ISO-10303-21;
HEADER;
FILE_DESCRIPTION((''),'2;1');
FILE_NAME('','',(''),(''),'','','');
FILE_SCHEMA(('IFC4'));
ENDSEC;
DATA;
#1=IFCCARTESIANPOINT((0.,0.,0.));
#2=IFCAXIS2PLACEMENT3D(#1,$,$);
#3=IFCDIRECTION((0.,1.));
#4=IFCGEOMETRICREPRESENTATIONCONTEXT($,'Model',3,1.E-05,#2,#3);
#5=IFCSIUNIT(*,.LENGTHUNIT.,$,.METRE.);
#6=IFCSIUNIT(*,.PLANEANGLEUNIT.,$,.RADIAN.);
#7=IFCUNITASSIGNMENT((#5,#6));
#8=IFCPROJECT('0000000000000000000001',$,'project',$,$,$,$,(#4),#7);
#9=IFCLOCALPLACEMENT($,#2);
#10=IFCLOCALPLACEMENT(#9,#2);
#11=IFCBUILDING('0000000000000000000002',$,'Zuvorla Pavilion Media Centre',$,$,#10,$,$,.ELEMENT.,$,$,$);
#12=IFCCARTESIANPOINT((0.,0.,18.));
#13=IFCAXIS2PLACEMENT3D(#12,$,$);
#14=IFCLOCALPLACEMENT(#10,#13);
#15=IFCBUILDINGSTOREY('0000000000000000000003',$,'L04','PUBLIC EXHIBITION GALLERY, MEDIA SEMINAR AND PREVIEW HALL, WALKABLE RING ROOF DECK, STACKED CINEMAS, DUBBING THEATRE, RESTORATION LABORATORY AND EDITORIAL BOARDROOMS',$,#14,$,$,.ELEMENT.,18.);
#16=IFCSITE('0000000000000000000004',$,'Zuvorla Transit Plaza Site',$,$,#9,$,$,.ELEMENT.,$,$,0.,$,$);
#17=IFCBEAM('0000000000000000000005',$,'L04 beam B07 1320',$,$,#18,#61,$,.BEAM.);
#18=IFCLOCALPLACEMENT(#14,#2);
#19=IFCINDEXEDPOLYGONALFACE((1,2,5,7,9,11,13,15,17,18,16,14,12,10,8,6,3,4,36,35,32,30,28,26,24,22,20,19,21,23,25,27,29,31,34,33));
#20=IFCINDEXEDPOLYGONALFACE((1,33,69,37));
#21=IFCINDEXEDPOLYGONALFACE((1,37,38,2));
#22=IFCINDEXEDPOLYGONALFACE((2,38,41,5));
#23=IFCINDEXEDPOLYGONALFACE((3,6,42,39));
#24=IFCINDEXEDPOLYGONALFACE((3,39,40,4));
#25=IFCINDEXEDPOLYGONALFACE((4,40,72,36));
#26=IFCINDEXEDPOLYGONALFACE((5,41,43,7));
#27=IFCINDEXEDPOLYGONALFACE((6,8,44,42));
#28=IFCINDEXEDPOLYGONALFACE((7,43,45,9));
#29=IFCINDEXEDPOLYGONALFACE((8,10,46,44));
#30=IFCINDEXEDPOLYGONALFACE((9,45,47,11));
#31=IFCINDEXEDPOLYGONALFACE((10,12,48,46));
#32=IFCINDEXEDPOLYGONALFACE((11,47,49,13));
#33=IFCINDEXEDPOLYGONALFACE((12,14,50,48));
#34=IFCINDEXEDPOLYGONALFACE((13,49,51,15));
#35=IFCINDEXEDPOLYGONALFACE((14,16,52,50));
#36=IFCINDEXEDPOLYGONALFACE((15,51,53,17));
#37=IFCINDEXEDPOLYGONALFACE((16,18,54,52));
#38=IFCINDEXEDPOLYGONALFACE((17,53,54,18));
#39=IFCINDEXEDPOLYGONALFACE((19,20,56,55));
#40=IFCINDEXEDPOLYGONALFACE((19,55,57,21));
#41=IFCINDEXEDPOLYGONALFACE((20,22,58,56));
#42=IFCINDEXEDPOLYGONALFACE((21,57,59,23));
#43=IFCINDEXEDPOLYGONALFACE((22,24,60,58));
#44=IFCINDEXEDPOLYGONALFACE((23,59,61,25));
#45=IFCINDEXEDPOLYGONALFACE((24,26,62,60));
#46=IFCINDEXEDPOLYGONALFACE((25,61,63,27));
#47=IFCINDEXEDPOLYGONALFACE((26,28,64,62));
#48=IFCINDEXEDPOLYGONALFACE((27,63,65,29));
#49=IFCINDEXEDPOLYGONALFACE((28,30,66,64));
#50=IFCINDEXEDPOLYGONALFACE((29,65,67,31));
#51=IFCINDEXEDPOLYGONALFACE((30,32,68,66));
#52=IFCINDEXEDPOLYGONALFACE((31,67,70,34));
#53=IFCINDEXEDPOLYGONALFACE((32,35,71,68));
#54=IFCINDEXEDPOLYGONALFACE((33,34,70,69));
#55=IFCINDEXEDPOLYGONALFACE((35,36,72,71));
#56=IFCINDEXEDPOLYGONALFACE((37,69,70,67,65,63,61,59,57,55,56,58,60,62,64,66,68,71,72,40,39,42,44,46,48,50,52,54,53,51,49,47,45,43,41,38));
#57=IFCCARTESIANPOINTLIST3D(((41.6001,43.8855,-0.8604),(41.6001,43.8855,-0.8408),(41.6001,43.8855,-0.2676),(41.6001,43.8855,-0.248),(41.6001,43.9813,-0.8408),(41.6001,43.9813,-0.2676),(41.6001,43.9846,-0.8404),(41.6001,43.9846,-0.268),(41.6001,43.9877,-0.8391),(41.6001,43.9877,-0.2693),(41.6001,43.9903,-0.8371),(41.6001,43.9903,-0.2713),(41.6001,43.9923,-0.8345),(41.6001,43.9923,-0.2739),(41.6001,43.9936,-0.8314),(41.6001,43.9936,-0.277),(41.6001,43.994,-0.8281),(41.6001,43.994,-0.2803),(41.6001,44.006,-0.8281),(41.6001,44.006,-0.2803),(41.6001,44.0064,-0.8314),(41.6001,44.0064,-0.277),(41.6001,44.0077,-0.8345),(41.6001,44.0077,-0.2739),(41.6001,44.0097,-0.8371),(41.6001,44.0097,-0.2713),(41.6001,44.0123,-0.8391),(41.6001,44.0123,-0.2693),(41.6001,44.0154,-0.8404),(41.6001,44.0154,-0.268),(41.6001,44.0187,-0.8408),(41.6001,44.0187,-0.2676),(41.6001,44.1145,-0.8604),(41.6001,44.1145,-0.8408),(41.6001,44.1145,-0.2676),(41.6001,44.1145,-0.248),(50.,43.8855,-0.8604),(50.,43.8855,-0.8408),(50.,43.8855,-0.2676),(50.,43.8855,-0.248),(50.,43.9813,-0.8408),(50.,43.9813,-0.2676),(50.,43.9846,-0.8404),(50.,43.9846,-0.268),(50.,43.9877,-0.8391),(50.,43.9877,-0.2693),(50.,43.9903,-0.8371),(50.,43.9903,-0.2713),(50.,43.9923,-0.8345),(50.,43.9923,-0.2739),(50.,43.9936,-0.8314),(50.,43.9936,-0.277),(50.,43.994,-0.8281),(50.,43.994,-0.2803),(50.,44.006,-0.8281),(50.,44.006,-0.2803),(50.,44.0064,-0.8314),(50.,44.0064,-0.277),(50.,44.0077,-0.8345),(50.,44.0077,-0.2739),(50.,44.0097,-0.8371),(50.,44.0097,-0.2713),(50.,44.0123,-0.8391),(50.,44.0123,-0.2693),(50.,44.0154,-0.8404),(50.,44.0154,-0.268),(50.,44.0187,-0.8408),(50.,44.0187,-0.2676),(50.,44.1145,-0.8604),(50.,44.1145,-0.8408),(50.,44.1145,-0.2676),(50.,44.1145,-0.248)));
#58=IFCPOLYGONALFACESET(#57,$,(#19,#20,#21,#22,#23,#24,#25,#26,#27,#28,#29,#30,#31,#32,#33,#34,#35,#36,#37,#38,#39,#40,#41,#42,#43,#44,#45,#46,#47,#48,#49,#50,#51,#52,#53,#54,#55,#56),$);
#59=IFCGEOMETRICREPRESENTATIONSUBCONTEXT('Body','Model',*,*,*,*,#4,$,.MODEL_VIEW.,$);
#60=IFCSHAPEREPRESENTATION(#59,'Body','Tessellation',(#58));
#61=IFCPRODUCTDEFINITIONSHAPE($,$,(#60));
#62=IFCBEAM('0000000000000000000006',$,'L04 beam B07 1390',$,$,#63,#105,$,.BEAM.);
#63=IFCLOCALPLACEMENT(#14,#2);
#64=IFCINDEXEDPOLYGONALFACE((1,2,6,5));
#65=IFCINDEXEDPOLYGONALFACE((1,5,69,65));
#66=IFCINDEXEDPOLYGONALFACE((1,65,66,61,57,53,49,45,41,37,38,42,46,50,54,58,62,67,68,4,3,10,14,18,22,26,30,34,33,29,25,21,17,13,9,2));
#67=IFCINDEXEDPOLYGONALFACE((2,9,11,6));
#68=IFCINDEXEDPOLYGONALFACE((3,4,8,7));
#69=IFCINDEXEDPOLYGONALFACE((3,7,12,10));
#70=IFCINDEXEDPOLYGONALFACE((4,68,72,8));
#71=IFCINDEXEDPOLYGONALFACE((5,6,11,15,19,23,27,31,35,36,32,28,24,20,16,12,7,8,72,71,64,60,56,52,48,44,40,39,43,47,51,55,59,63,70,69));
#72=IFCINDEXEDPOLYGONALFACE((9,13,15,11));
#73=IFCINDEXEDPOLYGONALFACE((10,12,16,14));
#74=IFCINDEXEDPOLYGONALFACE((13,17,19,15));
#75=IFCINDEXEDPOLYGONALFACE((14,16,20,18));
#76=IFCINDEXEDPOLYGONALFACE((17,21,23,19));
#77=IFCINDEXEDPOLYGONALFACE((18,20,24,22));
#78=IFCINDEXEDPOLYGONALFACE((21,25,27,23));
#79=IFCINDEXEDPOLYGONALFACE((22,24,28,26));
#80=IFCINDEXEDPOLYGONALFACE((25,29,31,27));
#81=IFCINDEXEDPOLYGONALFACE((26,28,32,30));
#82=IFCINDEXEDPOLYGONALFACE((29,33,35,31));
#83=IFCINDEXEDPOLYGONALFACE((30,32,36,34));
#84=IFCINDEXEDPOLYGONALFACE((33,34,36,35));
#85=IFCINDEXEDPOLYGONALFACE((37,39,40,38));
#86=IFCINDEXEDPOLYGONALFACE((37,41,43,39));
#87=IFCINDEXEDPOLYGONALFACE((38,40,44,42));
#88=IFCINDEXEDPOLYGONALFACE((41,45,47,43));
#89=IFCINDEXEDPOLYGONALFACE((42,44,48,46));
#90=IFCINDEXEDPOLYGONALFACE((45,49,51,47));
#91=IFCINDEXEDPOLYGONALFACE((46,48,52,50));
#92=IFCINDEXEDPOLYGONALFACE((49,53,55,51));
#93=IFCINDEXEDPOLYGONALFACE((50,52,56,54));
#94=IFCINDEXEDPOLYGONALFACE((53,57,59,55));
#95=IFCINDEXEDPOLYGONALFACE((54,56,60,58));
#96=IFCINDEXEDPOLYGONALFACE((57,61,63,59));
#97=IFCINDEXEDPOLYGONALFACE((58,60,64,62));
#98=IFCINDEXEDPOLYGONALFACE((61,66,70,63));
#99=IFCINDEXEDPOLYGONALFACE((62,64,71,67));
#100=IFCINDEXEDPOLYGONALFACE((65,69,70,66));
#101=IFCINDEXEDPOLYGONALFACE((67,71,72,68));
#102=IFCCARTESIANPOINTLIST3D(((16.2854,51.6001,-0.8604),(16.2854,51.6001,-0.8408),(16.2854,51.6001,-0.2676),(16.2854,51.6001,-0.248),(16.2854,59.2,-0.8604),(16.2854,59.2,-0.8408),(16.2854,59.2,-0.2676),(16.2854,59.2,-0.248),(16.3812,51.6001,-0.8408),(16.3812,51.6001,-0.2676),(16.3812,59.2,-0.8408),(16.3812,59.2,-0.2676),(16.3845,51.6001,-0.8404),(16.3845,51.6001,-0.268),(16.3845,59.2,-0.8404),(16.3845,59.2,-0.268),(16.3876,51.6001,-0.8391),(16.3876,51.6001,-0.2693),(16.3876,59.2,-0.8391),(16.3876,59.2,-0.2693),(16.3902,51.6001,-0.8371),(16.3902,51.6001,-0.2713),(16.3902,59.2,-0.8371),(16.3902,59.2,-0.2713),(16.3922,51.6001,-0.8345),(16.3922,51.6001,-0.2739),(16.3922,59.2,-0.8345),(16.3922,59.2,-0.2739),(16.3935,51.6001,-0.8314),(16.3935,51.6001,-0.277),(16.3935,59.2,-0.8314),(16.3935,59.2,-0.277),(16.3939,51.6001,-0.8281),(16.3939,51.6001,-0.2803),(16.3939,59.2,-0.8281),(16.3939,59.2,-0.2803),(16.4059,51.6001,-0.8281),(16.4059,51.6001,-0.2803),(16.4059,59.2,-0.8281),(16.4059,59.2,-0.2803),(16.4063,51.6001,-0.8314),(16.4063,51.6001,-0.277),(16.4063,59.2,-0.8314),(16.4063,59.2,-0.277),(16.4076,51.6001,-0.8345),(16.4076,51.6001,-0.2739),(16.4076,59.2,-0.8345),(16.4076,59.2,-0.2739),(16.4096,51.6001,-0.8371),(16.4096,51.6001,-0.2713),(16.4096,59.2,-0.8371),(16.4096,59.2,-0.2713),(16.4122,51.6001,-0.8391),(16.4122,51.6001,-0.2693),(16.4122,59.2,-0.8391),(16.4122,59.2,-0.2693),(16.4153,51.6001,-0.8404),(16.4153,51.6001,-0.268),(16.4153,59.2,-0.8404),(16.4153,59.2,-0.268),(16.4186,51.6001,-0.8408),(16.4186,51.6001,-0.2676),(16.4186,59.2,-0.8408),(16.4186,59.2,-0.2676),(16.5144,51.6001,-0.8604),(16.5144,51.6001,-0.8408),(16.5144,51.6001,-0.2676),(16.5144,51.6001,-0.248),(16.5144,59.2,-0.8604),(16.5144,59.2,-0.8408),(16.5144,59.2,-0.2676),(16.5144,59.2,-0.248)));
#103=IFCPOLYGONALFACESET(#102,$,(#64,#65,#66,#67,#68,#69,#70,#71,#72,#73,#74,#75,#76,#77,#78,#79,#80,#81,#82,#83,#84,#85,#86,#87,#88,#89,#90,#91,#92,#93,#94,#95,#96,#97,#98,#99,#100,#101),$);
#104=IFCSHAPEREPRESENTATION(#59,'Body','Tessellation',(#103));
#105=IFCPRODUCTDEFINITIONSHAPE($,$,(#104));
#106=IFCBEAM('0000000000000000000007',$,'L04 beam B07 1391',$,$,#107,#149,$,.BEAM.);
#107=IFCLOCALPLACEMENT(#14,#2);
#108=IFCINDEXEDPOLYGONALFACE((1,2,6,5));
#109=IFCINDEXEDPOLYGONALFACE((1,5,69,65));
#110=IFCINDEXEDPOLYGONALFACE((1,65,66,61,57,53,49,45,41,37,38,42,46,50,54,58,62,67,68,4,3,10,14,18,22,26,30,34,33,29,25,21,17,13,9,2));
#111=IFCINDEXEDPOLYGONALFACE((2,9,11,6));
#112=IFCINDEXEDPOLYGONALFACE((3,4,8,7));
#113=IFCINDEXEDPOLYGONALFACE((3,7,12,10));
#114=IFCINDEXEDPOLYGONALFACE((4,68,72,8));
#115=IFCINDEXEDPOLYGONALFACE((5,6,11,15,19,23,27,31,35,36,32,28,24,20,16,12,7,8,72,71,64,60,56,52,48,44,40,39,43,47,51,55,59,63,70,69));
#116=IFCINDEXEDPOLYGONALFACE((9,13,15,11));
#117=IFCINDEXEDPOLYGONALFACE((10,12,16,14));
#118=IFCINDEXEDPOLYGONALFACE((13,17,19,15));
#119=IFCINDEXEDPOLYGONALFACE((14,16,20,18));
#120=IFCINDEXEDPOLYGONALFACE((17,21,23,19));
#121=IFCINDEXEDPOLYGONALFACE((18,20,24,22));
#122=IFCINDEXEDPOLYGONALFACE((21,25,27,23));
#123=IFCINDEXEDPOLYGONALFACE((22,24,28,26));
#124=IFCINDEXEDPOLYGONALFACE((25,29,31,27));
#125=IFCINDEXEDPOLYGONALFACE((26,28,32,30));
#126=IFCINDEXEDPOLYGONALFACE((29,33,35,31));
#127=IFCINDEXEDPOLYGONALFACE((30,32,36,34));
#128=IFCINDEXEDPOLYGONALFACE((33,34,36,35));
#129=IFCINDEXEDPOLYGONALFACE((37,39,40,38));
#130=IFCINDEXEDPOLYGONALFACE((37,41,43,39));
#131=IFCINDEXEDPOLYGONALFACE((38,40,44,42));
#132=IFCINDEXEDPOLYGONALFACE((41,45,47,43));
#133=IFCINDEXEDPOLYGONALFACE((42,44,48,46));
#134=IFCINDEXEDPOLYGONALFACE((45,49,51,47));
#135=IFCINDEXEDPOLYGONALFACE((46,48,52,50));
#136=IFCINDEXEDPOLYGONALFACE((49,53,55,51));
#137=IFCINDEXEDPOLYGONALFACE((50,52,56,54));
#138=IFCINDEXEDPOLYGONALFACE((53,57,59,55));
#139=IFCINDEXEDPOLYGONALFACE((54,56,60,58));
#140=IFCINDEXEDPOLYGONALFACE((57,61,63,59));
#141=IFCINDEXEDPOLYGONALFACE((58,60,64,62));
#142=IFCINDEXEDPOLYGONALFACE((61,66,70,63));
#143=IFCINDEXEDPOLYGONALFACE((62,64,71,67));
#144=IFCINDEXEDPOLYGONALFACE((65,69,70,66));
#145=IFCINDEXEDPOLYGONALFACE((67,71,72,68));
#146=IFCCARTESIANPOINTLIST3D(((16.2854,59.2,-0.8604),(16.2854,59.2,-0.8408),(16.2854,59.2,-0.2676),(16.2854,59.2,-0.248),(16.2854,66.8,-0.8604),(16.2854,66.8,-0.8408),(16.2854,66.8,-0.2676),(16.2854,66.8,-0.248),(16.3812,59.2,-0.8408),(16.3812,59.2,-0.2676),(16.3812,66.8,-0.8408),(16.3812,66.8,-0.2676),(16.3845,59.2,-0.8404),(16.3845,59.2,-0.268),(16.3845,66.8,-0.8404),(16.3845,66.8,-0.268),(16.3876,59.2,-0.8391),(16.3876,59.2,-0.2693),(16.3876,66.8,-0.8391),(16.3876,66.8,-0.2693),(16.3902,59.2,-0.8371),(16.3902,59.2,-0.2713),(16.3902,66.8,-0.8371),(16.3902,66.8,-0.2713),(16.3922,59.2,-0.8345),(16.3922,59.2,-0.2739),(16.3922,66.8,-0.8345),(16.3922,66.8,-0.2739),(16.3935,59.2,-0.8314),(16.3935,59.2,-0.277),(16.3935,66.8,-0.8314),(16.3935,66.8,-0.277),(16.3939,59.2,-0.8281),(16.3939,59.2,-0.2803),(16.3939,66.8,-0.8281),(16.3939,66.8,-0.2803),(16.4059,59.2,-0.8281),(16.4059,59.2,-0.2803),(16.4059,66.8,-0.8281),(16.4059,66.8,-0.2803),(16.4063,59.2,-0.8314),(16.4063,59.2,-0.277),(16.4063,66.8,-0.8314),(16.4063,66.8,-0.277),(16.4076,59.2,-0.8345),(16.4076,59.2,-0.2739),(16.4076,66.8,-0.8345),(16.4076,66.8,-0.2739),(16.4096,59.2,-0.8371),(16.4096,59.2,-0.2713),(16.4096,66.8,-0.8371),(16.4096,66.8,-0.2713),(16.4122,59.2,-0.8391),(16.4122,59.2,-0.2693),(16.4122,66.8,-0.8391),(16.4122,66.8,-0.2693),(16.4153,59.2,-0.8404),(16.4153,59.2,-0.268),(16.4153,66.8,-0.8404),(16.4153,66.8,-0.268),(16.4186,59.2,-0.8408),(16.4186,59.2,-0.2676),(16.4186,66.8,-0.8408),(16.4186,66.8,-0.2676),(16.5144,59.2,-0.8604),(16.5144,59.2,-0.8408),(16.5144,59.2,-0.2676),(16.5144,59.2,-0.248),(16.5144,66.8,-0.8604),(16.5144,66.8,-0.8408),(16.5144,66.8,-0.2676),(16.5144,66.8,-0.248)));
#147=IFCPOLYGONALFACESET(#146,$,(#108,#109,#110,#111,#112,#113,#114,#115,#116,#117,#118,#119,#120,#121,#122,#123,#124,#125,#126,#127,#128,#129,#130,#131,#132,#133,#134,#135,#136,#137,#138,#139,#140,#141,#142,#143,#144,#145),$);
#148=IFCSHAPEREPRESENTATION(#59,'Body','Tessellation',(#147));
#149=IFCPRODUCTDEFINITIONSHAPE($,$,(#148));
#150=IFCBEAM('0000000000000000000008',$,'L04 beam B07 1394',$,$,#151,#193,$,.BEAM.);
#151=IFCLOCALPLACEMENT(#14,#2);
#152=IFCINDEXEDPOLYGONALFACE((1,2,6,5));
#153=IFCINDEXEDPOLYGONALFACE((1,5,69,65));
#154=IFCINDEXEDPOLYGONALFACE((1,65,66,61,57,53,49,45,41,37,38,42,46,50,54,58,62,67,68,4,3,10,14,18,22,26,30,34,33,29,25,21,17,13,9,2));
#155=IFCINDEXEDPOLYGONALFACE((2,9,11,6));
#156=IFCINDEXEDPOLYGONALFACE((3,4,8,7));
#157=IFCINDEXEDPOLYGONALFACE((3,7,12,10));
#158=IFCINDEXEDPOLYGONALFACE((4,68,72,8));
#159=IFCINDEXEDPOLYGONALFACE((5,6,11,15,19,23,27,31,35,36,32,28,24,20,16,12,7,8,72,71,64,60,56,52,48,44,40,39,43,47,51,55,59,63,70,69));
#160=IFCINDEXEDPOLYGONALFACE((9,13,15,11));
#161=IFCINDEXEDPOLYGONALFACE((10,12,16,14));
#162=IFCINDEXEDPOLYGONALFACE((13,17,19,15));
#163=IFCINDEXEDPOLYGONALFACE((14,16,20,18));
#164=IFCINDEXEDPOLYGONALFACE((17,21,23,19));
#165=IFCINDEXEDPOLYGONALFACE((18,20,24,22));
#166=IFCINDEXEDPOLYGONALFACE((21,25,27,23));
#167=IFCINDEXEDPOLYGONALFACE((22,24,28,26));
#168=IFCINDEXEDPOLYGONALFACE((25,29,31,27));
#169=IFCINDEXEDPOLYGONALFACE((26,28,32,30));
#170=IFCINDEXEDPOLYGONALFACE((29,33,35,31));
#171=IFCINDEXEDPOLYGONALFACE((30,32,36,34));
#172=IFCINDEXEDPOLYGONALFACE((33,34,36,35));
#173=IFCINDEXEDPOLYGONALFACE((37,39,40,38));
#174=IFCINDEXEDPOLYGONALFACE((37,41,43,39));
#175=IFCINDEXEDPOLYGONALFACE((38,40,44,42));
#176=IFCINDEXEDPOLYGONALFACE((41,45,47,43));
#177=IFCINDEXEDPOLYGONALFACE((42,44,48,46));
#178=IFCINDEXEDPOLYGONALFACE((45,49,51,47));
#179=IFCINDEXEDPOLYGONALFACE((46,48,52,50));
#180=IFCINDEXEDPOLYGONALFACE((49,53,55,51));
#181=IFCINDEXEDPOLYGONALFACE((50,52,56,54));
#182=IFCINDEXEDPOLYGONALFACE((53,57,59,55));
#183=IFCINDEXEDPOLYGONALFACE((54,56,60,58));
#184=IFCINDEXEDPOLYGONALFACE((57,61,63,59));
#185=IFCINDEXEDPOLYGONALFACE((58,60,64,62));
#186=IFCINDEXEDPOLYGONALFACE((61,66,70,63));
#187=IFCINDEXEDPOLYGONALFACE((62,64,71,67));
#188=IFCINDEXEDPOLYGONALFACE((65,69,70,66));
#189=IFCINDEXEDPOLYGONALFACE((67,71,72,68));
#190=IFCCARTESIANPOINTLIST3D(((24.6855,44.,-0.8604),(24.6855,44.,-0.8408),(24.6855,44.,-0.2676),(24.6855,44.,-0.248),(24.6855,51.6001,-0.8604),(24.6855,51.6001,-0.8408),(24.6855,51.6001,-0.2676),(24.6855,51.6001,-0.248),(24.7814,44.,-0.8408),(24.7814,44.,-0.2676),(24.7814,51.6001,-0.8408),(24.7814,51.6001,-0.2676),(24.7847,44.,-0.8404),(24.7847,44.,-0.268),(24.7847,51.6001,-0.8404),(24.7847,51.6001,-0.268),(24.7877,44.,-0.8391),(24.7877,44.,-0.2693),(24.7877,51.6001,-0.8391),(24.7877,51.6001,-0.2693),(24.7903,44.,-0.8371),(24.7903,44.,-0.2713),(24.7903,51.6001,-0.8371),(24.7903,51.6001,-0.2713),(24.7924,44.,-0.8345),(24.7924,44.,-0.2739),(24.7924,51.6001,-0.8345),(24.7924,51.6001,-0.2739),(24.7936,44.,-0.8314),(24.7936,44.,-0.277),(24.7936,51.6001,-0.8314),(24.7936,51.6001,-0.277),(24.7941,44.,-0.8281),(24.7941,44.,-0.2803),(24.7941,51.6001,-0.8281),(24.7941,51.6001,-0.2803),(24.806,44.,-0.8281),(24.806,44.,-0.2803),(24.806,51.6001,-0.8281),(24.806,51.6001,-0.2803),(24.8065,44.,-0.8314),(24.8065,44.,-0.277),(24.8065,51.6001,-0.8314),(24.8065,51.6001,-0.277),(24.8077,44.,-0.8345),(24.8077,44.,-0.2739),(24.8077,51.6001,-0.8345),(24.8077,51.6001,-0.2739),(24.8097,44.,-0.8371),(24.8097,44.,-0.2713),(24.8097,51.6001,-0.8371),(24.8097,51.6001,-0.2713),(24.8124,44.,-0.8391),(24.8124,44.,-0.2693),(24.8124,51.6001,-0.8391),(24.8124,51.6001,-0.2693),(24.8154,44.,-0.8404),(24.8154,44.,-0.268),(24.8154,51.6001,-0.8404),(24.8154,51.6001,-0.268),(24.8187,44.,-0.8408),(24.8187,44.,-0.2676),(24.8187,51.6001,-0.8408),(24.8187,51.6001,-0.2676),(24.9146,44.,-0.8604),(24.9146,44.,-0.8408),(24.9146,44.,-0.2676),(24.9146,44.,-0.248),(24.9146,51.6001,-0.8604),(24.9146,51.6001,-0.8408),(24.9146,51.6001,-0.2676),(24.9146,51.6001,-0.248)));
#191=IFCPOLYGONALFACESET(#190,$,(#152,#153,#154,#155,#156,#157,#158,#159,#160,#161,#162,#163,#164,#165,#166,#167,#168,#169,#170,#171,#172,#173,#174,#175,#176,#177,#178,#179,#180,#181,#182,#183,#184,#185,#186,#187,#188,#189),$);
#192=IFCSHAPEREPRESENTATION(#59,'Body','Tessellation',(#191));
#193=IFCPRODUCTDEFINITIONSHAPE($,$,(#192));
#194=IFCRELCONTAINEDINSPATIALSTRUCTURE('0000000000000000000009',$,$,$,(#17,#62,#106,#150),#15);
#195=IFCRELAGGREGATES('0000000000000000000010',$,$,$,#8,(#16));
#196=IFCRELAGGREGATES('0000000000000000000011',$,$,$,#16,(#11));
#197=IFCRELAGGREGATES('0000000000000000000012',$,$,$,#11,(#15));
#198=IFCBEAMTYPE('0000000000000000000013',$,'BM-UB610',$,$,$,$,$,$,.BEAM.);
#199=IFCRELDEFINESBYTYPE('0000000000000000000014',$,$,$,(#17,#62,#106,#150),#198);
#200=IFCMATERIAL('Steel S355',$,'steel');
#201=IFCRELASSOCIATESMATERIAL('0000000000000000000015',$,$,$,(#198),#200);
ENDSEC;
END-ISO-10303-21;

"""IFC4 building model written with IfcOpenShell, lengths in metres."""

from ifc_helpers import new_model, si_unit, direction, frame, origin, origin_2d, place, context, subcontext, project, spatial, i_section, extrude, material, material_profile, profile_set, type_object, element, save


model = new_model("IFC4")

# Units and contexts
model_context = context("Model", 3, precision=1e-05, world=origin(), true_north=direction((0.0, 1.0)))
body_context = subcontext(model_context, "Body", "Model", "MODEL_VIEW")
ifc_project = project(units=[si_unit("LENGTHUNIT", "METRE"), si_unit("PLANEANGLEUNIT", "RADIAN")], contexts=[model_context])

# Site, building, storey
site_placement = place(None, origin())
site = spatial("IfcSite", under=ifc_project, at=site_placement, Name="Zuvorla Transit Plaza Site", CompositionType="ELEMENT", RefElevation=0.0)
building_placement = place(site_placement, origin())
building = spatial("IfcBuilding", under=site, at=building_placement, Name="Zuvorla Pavilion Media Centre", CompositionType="ELEMENT")
storey_placement = place(building_placement, frame((0.0, 0.0, 18.0)))
storey = spatial("IfcBuildingStorey", under=building, at=storey_placement, Name="L04", Description="PUBLIC EXHIBITION GALLERY, MEDIA SEMINAR AND PREVIEW HALL, WALKABLE RING ROOF DECK, STACKED CINEMAS, DUBBING THEATRE, RESTORATION LABORATORY AND EDITORIAL BOARDROOMS", CompositionType="ELEMENT", Elevation=18.0)

# Shared definitions
ifc_material_1 = material(Name="Steel S355", Category="steel")

# Beams
ifc_material_profile_1 = material_profile(ifc_material_1, i_section(OverallWidth=0.229, OverallDepth=0.6123, WebThickness=0.012, FlangeThickness=0.0195, FilletRadius=0.0127, at=origin_2d()), Name="UB 610x229x125")
ifc_profile_set_1 = profile_set([ifc_material_profile_1], Name="Steel S355")
beam_type_1 = type_object("IfcBeamType", Name="BM-UB610", PredefinedType="BEAM", material=ifc_profile_set_1)
beam_1_placement = place(storey_placement, frame((41.6001, 44.0, -0.5542), z_axis=(1.0, 0.0, 0.0), x_axis=(0.0, 1.0, 0.0)))
element("IfcBeam", 1, at=beam_1_placement, inside=storey, type_object=beam_type_1, Name="L04 beam B07 1320", PredefinedType="BEAM", context=body_context, shape_type="SweptSolid", body=[
    extrude(i_section(OverallWidth=0.229, OverallDepth=0.6123, WebThickness=0.012, FlangeThickness=0.0195, FilletRadius=0.0127, at=origin_2d()), origin(), (0.0, 0.0, 1.0), 8.3999),
])
beam_2_placement = place(storey_placement, frame((16.3999, 51.6001, -0.5542), z_axis=(0.0, 1.0, 0.0), x_axis=(-1.0, 0.0, 0.0)))
element("IfcBeam", 2, at=beam_2_placement, inside=storey, type_object=beam_type_1, Name="L04 beam B07 1390", PredefinedType="BEAM", context=body_context, shape_type="SweptSolid", body=[
    extrude(i_section(OverallWidth=0.229, OverallDepth=0.6123, WebThickness=0.012, FlangeThickness=0.0195, FilletRadius=0.0127, at=origin_2d()), origin(), (0.0, 0.0, 1.0), 7.5999),
])
for number, where, z_axis, x_axis, name in (
    (3, (16.3999, 59.2, -0.5542), (0.0, 1.0, 0.0), (-1.0, 0.0, 0.0), "L04 beam B07 1391"),
    (4, (24.8, 44.0, -0.5542), (0.0, 1.0, 0.0), (-1.0, 0.0, 0.0), "L04 beam B07 1394"),
):
    element("IfcBeam", number, at=place(storey_placement, frame(where, z_axis=z_axis, x_axis=x_axis)), inside=storey, type_object=beam_type_1, Name=name, PredefinedType="BEAM", context=body_context, shape_type="SweptSolid", body=[
        extrude(i_section(OverallWidth=0.229, OverallDepth=0.6123, WebThickness=0.012, FlangeThickness=0.0195, FilletRadius=0.0127, at=origin_2d()), origin(), (0.0, 0.0, 1.0), 7.6001),
    ])

save(model, "model.ifc")
